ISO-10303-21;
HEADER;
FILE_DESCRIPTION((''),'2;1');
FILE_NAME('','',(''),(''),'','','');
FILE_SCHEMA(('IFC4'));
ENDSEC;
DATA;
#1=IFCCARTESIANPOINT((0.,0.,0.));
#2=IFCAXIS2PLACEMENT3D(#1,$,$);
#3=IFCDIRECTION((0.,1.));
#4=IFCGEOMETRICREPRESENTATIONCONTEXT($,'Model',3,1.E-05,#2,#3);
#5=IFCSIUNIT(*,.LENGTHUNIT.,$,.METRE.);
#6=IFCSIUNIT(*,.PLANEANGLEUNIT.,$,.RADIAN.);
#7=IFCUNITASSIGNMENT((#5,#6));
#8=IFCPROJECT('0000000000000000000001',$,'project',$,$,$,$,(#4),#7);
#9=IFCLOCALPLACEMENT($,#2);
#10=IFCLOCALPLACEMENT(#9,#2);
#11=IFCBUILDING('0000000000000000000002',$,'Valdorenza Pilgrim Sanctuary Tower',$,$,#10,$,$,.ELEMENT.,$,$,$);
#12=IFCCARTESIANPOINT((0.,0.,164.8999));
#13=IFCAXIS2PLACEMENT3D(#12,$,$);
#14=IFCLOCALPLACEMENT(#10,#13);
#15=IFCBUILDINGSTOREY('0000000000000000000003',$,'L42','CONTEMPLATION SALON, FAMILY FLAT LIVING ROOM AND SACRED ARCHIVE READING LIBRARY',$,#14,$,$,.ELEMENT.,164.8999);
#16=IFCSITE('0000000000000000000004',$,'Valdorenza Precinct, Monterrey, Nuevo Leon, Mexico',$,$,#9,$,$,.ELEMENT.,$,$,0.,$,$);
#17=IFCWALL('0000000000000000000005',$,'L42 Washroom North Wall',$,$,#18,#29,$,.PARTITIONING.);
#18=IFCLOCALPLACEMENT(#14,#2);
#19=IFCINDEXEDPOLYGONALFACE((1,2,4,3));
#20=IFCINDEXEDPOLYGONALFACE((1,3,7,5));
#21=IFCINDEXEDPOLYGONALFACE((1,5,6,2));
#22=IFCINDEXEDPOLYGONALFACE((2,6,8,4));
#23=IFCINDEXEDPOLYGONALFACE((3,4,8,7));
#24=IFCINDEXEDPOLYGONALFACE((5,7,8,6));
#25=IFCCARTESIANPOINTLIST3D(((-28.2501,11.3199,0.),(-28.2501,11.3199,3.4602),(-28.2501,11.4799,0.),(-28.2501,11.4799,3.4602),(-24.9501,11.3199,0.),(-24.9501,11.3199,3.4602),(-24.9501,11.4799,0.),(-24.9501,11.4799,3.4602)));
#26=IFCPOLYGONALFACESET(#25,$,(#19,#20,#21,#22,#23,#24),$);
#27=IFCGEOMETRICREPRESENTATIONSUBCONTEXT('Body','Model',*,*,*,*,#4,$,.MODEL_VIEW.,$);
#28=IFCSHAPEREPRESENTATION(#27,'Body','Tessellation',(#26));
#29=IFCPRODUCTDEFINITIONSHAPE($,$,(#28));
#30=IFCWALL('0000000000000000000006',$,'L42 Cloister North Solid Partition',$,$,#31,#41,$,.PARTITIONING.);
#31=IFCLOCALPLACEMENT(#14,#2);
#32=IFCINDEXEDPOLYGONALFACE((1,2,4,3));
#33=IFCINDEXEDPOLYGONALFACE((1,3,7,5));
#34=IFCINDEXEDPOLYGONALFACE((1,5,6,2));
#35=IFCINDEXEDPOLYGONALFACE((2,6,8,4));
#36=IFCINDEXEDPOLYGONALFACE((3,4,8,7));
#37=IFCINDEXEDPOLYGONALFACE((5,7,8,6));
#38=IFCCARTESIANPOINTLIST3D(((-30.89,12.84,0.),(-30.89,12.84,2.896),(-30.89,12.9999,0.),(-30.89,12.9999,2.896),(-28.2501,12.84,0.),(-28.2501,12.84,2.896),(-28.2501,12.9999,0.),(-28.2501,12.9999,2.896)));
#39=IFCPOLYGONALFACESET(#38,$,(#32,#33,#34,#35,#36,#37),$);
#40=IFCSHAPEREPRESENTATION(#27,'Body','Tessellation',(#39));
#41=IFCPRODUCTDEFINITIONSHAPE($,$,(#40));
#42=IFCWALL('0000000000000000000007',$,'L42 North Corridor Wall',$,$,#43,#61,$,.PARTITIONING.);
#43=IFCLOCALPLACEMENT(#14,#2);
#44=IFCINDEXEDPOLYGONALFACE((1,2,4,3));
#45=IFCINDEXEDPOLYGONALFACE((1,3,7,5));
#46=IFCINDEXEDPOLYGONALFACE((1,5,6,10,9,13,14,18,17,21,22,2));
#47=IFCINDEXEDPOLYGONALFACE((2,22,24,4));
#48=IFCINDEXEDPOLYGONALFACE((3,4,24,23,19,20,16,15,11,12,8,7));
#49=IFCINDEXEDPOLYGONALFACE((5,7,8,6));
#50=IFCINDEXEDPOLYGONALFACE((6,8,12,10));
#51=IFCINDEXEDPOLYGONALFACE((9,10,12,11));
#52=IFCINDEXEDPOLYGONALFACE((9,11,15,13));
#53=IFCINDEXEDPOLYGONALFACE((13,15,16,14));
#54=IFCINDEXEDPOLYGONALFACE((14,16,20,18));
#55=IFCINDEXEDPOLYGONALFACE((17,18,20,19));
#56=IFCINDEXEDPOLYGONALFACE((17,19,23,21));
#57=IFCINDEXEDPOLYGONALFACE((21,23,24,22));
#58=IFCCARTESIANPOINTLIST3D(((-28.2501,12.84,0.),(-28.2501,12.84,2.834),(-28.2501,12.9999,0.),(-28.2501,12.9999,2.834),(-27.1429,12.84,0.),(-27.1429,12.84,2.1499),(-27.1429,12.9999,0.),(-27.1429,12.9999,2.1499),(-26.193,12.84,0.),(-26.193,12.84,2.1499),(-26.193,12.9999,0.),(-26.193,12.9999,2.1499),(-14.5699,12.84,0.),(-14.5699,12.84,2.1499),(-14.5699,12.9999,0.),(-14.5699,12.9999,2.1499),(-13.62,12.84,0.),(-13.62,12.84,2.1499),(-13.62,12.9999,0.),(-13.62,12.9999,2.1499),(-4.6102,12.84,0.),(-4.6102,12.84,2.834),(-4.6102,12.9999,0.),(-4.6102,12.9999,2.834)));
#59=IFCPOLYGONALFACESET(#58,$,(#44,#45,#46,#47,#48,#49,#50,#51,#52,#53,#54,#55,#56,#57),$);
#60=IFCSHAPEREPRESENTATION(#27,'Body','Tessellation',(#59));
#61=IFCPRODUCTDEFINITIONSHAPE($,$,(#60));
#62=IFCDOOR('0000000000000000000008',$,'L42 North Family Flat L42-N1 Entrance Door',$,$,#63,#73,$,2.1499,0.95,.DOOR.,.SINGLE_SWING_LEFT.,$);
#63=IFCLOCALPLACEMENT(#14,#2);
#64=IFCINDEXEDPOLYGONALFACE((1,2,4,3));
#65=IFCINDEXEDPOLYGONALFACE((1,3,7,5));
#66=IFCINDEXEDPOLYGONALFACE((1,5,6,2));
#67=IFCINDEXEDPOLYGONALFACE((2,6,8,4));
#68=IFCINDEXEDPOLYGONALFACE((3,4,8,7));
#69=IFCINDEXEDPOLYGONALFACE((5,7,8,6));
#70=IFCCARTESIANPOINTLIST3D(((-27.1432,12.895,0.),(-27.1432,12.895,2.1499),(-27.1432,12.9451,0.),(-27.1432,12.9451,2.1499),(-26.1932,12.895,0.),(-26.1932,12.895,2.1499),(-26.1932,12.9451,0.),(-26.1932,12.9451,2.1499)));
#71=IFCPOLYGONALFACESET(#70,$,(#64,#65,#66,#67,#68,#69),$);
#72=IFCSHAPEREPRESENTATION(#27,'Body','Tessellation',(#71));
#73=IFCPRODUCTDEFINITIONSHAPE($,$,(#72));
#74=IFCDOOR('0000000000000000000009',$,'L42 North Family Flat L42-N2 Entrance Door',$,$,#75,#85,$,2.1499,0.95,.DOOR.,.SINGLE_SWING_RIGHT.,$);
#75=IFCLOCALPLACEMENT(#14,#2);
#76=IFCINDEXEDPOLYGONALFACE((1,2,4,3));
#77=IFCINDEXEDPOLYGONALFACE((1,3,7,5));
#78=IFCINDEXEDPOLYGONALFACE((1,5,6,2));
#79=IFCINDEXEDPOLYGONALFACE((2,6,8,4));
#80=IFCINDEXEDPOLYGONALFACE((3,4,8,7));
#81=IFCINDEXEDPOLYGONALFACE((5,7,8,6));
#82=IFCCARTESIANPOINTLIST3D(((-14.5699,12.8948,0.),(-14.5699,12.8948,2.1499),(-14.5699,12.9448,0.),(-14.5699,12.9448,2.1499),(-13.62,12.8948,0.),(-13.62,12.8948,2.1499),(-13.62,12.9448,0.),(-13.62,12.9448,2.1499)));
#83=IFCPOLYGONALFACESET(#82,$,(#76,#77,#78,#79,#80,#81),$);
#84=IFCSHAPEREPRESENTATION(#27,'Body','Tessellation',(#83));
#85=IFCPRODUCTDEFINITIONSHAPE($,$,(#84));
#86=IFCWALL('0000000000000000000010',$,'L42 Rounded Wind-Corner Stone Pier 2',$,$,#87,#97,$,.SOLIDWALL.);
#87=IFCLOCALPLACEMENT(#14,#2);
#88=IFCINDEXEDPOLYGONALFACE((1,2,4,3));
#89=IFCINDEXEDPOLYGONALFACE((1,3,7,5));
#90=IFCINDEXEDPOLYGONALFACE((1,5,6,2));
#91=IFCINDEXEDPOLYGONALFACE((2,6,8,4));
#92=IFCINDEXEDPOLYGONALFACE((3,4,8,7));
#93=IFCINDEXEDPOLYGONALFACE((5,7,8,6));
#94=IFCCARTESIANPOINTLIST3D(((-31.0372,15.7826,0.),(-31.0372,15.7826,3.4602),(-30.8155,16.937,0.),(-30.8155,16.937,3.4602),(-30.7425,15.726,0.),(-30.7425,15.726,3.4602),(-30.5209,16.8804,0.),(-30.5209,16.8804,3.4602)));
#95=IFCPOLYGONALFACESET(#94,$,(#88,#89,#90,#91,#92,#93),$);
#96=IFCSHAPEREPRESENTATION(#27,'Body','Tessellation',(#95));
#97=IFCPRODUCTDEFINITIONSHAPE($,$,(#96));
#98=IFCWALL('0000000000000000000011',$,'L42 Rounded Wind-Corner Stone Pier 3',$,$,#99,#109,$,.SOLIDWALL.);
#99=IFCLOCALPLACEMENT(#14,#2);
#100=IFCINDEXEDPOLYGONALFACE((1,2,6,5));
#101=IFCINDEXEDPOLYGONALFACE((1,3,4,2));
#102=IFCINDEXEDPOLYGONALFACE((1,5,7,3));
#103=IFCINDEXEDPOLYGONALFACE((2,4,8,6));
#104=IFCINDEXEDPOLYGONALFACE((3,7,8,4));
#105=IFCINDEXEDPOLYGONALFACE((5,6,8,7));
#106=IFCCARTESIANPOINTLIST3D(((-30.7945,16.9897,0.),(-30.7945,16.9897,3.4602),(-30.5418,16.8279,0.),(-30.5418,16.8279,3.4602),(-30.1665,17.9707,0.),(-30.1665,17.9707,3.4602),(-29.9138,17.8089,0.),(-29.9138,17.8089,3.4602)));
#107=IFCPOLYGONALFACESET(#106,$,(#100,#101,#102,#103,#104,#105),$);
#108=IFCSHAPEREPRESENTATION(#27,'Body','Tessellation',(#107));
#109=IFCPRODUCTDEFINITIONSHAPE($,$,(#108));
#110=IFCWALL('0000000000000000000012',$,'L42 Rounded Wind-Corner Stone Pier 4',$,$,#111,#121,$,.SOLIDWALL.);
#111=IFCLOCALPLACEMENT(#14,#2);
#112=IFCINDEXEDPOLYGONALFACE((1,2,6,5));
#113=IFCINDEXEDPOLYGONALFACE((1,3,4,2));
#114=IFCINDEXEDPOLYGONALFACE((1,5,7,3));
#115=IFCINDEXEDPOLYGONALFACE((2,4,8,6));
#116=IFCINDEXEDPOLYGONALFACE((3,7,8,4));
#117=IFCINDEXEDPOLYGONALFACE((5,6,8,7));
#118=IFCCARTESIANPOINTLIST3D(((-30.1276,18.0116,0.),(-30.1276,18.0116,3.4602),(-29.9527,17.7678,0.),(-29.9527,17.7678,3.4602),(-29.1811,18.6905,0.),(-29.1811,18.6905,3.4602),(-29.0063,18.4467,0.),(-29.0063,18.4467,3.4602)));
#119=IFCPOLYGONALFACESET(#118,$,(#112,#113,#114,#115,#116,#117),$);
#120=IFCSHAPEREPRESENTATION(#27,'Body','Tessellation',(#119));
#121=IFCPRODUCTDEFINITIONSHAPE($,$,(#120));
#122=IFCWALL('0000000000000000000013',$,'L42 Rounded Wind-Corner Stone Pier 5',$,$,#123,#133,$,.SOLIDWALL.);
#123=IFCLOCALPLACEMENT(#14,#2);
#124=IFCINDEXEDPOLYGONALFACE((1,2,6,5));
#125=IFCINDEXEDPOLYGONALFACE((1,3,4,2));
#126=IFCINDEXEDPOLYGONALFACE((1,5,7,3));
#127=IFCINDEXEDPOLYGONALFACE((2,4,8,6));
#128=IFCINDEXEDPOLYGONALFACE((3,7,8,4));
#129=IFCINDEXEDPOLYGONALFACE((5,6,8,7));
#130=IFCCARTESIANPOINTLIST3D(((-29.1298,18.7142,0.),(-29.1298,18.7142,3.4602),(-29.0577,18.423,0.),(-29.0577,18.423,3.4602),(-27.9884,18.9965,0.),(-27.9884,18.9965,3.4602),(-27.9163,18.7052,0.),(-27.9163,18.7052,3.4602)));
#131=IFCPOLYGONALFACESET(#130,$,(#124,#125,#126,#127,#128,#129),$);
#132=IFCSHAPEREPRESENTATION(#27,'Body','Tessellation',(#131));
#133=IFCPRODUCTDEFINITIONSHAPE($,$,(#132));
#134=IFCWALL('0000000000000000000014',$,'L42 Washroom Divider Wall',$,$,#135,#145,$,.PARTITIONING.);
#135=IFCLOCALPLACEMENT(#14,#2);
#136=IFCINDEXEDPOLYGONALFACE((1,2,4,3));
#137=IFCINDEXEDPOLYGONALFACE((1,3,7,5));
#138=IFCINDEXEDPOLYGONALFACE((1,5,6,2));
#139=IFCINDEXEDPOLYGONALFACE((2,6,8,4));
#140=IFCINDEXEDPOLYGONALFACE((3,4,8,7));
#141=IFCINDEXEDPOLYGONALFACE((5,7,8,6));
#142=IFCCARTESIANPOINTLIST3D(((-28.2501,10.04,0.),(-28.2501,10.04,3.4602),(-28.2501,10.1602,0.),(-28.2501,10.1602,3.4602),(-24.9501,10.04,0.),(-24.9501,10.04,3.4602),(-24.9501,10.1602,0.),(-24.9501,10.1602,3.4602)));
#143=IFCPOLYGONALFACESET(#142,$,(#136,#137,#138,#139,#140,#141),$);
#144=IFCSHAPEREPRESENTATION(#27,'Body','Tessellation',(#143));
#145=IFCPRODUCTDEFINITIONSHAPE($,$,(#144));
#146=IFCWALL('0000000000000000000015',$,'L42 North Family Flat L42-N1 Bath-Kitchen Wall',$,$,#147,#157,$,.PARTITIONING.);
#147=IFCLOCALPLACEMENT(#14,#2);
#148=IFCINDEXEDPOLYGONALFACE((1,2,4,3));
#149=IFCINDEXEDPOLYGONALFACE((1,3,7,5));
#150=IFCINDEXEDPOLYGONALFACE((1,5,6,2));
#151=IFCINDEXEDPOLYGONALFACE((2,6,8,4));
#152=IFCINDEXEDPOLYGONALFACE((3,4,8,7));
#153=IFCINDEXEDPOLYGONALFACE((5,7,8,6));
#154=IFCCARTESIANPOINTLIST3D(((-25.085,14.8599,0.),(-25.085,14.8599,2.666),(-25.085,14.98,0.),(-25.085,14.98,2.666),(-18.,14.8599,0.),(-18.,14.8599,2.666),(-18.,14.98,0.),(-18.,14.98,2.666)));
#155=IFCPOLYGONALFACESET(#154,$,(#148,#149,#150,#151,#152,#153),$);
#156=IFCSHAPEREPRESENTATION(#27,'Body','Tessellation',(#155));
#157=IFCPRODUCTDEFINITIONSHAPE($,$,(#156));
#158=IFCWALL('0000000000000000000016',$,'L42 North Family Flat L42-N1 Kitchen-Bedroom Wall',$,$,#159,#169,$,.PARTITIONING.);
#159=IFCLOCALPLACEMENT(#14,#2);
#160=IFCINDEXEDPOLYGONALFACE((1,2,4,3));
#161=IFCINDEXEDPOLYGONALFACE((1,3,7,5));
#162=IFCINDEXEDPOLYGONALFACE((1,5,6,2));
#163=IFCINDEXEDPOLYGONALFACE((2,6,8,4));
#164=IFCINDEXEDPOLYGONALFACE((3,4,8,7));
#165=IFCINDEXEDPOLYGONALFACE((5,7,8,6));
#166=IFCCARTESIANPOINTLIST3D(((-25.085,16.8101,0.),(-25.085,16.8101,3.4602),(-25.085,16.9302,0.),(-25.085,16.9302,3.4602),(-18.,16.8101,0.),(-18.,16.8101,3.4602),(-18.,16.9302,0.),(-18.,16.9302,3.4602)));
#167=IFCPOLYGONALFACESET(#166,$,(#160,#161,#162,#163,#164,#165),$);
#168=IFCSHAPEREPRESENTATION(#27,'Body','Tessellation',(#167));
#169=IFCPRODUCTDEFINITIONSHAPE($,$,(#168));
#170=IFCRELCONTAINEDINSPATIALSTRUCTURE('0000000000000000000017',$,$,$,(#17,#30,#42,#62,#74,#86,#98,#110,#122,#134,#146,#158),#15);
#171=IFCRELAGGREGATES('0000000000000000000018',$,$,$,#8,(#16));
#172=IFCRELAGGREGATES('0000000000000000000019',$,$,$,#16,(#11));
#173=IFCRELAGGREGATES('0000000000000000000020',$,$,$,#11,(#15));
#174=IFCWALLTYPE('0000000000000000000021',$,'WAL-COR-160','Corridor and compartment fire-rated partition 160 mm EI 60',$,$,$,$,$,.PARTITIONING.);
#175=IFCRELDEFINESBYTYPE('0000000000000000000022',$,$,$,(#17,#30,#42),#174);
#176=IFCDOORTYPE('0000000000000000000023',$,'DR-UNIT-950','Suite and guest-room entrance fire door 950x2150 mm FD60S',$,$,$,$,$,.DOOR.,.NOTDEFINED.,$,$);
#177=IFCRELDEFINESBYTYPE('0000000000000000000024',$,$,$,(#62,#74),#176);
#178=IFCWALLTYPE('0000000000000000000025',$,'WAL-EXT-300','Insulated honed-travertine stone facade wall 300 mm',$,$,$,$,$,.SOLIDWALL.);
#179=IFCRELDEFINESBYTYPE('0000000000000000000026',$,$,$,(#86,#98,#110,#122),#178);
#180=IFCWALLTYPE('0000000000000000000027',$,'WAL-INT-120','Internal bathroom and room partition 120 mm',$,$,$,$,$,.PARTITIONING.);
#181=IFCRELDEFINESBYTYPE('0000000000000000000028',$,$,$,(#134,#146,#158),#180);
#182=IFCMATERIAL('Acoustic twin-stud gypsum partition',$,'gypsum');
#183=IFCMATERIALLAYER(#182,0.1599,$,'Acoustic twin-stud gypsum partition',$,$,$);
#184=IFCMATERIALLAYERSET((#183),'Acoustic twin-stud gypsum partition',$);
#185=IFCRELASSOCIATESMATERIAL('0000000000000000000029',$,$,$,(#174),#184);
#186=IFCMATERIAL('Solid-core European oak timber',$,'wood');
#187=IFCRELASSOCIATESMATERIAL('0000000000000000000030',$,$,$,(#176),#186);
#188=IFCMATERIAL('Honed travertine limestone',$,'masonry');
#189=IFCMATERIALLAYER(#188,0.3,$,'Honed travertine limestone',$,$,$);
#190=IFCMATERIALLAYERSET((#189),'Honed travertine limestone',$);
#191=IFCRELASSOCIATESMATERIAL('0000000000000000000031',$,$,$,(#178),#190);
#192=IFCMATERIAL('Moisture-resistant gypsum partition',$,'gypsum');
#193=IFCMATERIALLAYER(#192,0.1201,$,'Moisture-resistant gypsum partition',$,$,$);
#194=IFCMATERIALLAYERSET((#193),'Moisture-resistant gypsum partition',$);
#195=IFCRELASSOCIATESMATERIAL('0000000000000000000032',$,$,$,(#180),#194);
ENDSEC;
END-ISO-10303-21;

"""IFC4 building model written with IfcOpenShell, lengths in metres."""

from ifc_helpers import new_model, si_unit, direction, frame, frame_2d, origin, place, context, subcontext, project, spatial, rectangle, extrude, material, layer, layer_set, type_object, element, fill, save


model = new_model("IFC4")

# Units and contexts
model_context = context("Model", 3, precision=1e-05, world=origin(), true_north=direction((0.0, 1.0)))
body_context = subcontext(model_context, "Body", "Model", "MODEL_VIEW")
ifc_project = project(units=[si_unit("LENGTHUNIT", "METRE"), si_unit("PLANEANGLEUNIT", "RADIAN")], contexts=[model_context])

# Site, building, storey
site_placement = place(None, origin())
site = spatial("IfcSite", under=ifc_project, at=site_placement, Name="Valdorenza Precinct, Monterrey, Nuevo Leon, Mexico", CompositionType="ELEMENT", RefElevation=0.0)
building_placement = place(site_placement, origin())
building = spatial("IfcBuilding", under=site, at=building_placement, Name="Valdorenza Pilgrim Sanctuary Tower", CompositionType="ELEMENT")
storey_placement = place(building_placement, frame((0.0, 0.0, 164.8999)))
storey = spatial("IfcBuildingStorey", under=building, at=storey_placement, Name="L42", Description="CONTEMPLATION SALON, FAMILY FLAT LIVING ROOM AND SACRED ARCHIVE READING LIBRARY", CompositionType="ELEMENT", Elevation=164.8999)

# Shared definitions
ifc_material_1 = material(Name="Honed travertine limestone", Category="masonry")

# Walls
ifc_material_2 = material(Name="Acoustic twin-stud gypsum partition", Category="gypsum")
ifc_layer_1 = layer(ifc_material_2, 0.1599, Name="Acoustic twin-stud gypsum partition")
ifc_layer_set_1 = layer_set([ifc_layer_1], Name="Acoustic twin-stud gypsum partition")
wall_type_1 = type_object("IfcWallType", Name="WAL-COR-160", Description="Corridor and compartment fire-rated partition 160 mm EI 60", PredefinedType="PARTITIONING", material=ifc_layer_set_1)
wall_1_placement = place(storey_placement, frame((-28.25, 11.3999, 0.0), z_axis=(0.0, 0.0, 1.0), x_axis=(1.0, 0.0, 0.0)))
element("IfcWall", 1, at=wall_1_placement, inside=storey, type_object=wall_type_1, Name="L42 Washroom North Wall", PredefinedType="PARTITIONING", context=body_context, shape_type="SweptSolid", body=[
    extrude(rectangle(XDim=3.3, YDim=0.1599, at=frame_2d((1.6499, 0.0))), origin(), (0.0, 0.0, 1.0), 3.4602),
])
wall_2_placement = place(storey_placement, frame((-30.8899, 12.9199, 0.0), z_axis=(0.0, 0.0, 1.0), x_axis=(1.0, 0.0, 0.0)))
element("IfcWall", 2, at=wall_2_placement, inside=storey, type_object=wall_type_1, Name="L42 Cloister North Solid Partition", PredefinedType="PARTITIONING", context=body_context, shape_type="SweptSolid", body=[
    extrude(rectangle(XDim=2.6399, YDim=0.1599, at=frame_2d((1.3198, 0.0))), origin(), (0.0, 0.0, 1.0), 2.896),
])

# Wall, openings, doors
wall_3_placement = place(storey_placement, frame((-28.25, 12.9199, 0.0), z_axis=(0.0, 0.0, 1.0), x_axis=(1.0, 0.0, 0.0)))
wall_3 = element("IfcWall", 3, at=wall_3_placement, inside=storey, type_object=wall_type_1, Name="L42 North Corridor Wall", PredefinedType="PARTITIONING", context=body_context, shape_type="SweptSolid", body=[
    extrude(rectangle(XDim=23.6399, YDim=0.1599, at=frame_2d((11.8198, 0.0))), origin(), (0.0, 0.0, 1.0), 2.834),
])
opening_1_placement = place(wall_3_placement, frame((1.1069, 0.0, 0.0)))
opening_1 = element("IfcOpeningElement", 4, at=opening_1_placement, cuts=wall_3, PredefinedType="OPENING", context=body_context, shape_type="SweptSolid", body=[
    extrude(rectangle(XDim=0.95, YDim=2.1499, at=frame_2d((0.4751, 1.075))), frame((0.0, 0.0947, 0.0), z_axis=(0.0, -1.0, 0.0), x_axis=(1.0, 0.0, 0.0)), (0.0, 0.0, 1.0), 0.1897),
])
opening_2_placement = place(wall_3_placement, frame((13.6799, 0.0, 0.0)))
opening_2 = element("IfcOpeningElement", 5, at=opening_2_placement, cuts=wall_3, PredefinedType="OPENING", context=body_context, shape_type="SweptSolid", body=[
    extrude(rectangle(XDim=0.95, YDim=2.1499, at=frame_2d((0.4751, 1.075))), frame((0.0, 0.0947, 0.0), z_axis=(0.0, -1.0, 0.0), x_axis=(1.0, 0.0, 0.0)), (0.0, 0.0, 1.0), 0.1897),
])
ifc_material_3 = material(Name="Solid-core European oak timber", Category="wood")
door_type_1 = type_object("IfcDoorType", Name="DR-UNIT-950", Description="Suite and guest-room entrance fire door 950x2150 mm FD60S", OperationType="NOTDEFINED", PredefinedType="DOOR", material=ifc_material_3)
door_1_placement = place(opening_1_placement, frame((0.95, 0.0, 0.0), z_axis=(0.0, 0.0, 1.0), x_axis=(-1.0, 0.0, 0.0)))
door_1 = element("IfcDoor", 6, at=door_1_placement, inside=storey, type_object=door_type_1, Name="L42 North Family Flat L42-N1 Entrance Door", OperationType="SINGLE_SWING_LEFT", OverallHeight=2.1499, OverallWidth=0.95, PredefinedType="DOOR", context=body_context, shape_type="SweptSolid", body=[
    extrude(rectangle(XDim=0.95, YDim=2.1499, at=frame_2d((0.4751, 1.075))), frame((0.0, 0.0249, 0.0), z_axis=(0.0, -1.0, 0.0), x_axis=(1.0, 0.0, 0.0)), (0.0, 0.0, 1.0), 0.05),
])
fill(opening_1, door_1)
door_2_placement = place(opening_2_placement, origin())
door_2 = element("IfcDoor", 7, at=door_2_placement, inside=storey, type_object=door_type_1, Name="L42 North Family Flat L42-N2 Entrance Door", OperationType="SINGLE_SWING_RIGHT", OverallHeight=2.1499, OverallWidth=0.95, PredefinedType="DOOR", context=body_context, shape_type="SweptSolid", body=[
    extrude(rectangle(XDim=0.95, YDim=2.1499, at=frame_2d((0.4751, 1.075))), frame((0.0, 0.0249, 0.0), z_axis=(0.0, -1.0, 0.0), x_axis=(1.0, 0.0, 0.0)), (0.0, 0.0, 1.0), 0.05),
])
fill(opening_2, door_2)

# Walls
ifc_layer_2 = layer(ifc_material_1, 0.3, Name="Honed travertine limestone")
ifc_layer_set_2 = layer_set([ifc_layer_2], Name="Honed travertine limestone")
wall_type_2 = type_object("IfcWallType", Name="WAL-EXT-300", Description="Insulated honed-travertine stone facade wall 300 mm", PredefinedType="SOLIDWALL", material=ifc_layer_set_2)
wall_4_placement = place(storey_placement, frame((-30.8899, 15.7542, 0.0), z_axis=(0.0, 0.0, 1.0), x_axis=(0.188562, 0.982061, 0.0)))
element("IfcWall", 8, at=wall_4_placement, inside=storey, type_object=wall_type_2, Name="L42 Rounded Wind-Corner Stone Pier 2", PredefinedType="SOLIDWALL", context=body_context, shape_type="SweptSolid", body=[
    extrude(rectangle(XDim=1.1755, YDim=0.3, at=frame_2d((0.5879, 0.0))), origin(), (0.0, 0.0, 1.0), 3.4602),
])
for number, where, z_axis, x_axis, name in (
    (9, (-30.6682, 16.9087, 0.0), (0.0, 0.0, 1.0), (0.539125, 0.842226, 0.0), "L42 Rounded Wind-Corner Stone Pier 3"),
    (10, (-30.0403, 17.8896, 0.0), (0.0, 0.0, 1.0), (0.812571, 0.582863, 0.0), "L42 Rounded Wind-Corner Stone Pier 4"),
):
    element("IfcWall", number, at=place(storey_placement, frame(where, z_axis=z_axis, x_axis=x_axis)), inside=storey, type_object=wall_type_2, Name=name, PredefinedType="SOLIDWALL", context=body_context, shape_type="SweptSolid", body=[
        extrude(rectangle(XDim=1.1648, YDim=0.3, at=frame_2d((0.5825, 0.0))), origin(), (0.0, 0.0, 1.0), 3.4602),
    ])
wall_5_placement = place(storey_placement, frame((-29.0938, 18.5686, 0.0), z_axis=(0.0, 0.0, 1.0), x_axis=(0.970762, 0.240043, 0.0)))
element("IfcWall", 11, at=wall_5_placement, inside=storey, type_object=wall_type_2, Name="L42 Rounded Wind-Corner Stone Pier 5", PredefinedType="SOLIDWALL", context=body_context, shape_type="SweptSolid", body=[
    extrude(rectangle(XDim=1.1758, YDim=0.3, at=frame_2d((0.5879, 0.0))), origin(), (0.0, 0.0, 1.0), 3.4602),
])
ifc_material_4 = material(Name="Moisture-resistant gypsum partition", Category="gypsum")
ifc_layer_3 = layer(ifc_material_4, 0.1201, Name="Moisture-resistant gypsum partition")
ifc_layer_set_3 = layer_set([ifc_layer_3], Name="Moisture-resistant gypsum partition")
wall_type_3 = type_object("IfcWallType", Name="WAL-INT-120", Description="Internal bathroom and room partition 120 mm", PredefinedType="PARTITIONING", material=ifc_layer_set_3)
wall_6_placement = place(storey_placement, frame((-28.25, 10.1001, 0.0), z_axis=(0.0, 0.0, 1.0), x_axis=(1.0, 0.0, 0.0)))
element("IfcWall", 12, at=wall_6_placement, inside=storey, type_object=wall_type_3, Name="L42 Washroom Divider Wall", PredefinedType="PARTITIONING", context=body_context, shape_type="SweptSolid", body=[
    extrude(rectangle(XDim=3.3, YDim=0.1201, at=frame_2d((1.6499, 0.0))), origin(), (0.0, 0.0, 1.0), 3.4602),
])
wall_7_placement = place(storey_placement, frame((-25.085, 14.9199, 0.0), z_axis=(0.0, 0.0, 1.0), x_axis=(1.0, 0.0, 0.0)))
element("IfcWall", 13, at=wall_7_placement, inside=storey, type_object=wall_type_3, Name="L42 North Family Flat L42-N1 Bath-Kitchen Wall", PredefinedType="PARTITIONING", context=body_context, shape_type="SweptSolid", body=[
    extrude(rectangle(XDim=7.085, YDim=0.1201, at=frame_2d((3.5425, 0.0))), origin(), (0.0, 0.0, 1.0), 2.666),
])
wall_8_placement = place(storey_placement, frame((-25.085, 16.8701, 0.0), z_axis=(0.0, 0.0, 1.0), x_axis=(1.0, 0.0, 0.0)))
element("IfcWall", 14, at=wall_8_placement, inside=storey, type_object=wall_type_3, Name="L42 North Family Flat L42-N1 Kitchen-Bedroom Wall", PredefinedType="PARTITIONING", context=body_context, shape_type="SweptSolid", body=[
    extrude(rectangle(XDim=7.085, YDim=0.1201, at=frame_2d((3.5425, 0.0))), origin(), (0.0, 0.0, 1.0), 3.4602),
])

save(model, "model.ifc")
